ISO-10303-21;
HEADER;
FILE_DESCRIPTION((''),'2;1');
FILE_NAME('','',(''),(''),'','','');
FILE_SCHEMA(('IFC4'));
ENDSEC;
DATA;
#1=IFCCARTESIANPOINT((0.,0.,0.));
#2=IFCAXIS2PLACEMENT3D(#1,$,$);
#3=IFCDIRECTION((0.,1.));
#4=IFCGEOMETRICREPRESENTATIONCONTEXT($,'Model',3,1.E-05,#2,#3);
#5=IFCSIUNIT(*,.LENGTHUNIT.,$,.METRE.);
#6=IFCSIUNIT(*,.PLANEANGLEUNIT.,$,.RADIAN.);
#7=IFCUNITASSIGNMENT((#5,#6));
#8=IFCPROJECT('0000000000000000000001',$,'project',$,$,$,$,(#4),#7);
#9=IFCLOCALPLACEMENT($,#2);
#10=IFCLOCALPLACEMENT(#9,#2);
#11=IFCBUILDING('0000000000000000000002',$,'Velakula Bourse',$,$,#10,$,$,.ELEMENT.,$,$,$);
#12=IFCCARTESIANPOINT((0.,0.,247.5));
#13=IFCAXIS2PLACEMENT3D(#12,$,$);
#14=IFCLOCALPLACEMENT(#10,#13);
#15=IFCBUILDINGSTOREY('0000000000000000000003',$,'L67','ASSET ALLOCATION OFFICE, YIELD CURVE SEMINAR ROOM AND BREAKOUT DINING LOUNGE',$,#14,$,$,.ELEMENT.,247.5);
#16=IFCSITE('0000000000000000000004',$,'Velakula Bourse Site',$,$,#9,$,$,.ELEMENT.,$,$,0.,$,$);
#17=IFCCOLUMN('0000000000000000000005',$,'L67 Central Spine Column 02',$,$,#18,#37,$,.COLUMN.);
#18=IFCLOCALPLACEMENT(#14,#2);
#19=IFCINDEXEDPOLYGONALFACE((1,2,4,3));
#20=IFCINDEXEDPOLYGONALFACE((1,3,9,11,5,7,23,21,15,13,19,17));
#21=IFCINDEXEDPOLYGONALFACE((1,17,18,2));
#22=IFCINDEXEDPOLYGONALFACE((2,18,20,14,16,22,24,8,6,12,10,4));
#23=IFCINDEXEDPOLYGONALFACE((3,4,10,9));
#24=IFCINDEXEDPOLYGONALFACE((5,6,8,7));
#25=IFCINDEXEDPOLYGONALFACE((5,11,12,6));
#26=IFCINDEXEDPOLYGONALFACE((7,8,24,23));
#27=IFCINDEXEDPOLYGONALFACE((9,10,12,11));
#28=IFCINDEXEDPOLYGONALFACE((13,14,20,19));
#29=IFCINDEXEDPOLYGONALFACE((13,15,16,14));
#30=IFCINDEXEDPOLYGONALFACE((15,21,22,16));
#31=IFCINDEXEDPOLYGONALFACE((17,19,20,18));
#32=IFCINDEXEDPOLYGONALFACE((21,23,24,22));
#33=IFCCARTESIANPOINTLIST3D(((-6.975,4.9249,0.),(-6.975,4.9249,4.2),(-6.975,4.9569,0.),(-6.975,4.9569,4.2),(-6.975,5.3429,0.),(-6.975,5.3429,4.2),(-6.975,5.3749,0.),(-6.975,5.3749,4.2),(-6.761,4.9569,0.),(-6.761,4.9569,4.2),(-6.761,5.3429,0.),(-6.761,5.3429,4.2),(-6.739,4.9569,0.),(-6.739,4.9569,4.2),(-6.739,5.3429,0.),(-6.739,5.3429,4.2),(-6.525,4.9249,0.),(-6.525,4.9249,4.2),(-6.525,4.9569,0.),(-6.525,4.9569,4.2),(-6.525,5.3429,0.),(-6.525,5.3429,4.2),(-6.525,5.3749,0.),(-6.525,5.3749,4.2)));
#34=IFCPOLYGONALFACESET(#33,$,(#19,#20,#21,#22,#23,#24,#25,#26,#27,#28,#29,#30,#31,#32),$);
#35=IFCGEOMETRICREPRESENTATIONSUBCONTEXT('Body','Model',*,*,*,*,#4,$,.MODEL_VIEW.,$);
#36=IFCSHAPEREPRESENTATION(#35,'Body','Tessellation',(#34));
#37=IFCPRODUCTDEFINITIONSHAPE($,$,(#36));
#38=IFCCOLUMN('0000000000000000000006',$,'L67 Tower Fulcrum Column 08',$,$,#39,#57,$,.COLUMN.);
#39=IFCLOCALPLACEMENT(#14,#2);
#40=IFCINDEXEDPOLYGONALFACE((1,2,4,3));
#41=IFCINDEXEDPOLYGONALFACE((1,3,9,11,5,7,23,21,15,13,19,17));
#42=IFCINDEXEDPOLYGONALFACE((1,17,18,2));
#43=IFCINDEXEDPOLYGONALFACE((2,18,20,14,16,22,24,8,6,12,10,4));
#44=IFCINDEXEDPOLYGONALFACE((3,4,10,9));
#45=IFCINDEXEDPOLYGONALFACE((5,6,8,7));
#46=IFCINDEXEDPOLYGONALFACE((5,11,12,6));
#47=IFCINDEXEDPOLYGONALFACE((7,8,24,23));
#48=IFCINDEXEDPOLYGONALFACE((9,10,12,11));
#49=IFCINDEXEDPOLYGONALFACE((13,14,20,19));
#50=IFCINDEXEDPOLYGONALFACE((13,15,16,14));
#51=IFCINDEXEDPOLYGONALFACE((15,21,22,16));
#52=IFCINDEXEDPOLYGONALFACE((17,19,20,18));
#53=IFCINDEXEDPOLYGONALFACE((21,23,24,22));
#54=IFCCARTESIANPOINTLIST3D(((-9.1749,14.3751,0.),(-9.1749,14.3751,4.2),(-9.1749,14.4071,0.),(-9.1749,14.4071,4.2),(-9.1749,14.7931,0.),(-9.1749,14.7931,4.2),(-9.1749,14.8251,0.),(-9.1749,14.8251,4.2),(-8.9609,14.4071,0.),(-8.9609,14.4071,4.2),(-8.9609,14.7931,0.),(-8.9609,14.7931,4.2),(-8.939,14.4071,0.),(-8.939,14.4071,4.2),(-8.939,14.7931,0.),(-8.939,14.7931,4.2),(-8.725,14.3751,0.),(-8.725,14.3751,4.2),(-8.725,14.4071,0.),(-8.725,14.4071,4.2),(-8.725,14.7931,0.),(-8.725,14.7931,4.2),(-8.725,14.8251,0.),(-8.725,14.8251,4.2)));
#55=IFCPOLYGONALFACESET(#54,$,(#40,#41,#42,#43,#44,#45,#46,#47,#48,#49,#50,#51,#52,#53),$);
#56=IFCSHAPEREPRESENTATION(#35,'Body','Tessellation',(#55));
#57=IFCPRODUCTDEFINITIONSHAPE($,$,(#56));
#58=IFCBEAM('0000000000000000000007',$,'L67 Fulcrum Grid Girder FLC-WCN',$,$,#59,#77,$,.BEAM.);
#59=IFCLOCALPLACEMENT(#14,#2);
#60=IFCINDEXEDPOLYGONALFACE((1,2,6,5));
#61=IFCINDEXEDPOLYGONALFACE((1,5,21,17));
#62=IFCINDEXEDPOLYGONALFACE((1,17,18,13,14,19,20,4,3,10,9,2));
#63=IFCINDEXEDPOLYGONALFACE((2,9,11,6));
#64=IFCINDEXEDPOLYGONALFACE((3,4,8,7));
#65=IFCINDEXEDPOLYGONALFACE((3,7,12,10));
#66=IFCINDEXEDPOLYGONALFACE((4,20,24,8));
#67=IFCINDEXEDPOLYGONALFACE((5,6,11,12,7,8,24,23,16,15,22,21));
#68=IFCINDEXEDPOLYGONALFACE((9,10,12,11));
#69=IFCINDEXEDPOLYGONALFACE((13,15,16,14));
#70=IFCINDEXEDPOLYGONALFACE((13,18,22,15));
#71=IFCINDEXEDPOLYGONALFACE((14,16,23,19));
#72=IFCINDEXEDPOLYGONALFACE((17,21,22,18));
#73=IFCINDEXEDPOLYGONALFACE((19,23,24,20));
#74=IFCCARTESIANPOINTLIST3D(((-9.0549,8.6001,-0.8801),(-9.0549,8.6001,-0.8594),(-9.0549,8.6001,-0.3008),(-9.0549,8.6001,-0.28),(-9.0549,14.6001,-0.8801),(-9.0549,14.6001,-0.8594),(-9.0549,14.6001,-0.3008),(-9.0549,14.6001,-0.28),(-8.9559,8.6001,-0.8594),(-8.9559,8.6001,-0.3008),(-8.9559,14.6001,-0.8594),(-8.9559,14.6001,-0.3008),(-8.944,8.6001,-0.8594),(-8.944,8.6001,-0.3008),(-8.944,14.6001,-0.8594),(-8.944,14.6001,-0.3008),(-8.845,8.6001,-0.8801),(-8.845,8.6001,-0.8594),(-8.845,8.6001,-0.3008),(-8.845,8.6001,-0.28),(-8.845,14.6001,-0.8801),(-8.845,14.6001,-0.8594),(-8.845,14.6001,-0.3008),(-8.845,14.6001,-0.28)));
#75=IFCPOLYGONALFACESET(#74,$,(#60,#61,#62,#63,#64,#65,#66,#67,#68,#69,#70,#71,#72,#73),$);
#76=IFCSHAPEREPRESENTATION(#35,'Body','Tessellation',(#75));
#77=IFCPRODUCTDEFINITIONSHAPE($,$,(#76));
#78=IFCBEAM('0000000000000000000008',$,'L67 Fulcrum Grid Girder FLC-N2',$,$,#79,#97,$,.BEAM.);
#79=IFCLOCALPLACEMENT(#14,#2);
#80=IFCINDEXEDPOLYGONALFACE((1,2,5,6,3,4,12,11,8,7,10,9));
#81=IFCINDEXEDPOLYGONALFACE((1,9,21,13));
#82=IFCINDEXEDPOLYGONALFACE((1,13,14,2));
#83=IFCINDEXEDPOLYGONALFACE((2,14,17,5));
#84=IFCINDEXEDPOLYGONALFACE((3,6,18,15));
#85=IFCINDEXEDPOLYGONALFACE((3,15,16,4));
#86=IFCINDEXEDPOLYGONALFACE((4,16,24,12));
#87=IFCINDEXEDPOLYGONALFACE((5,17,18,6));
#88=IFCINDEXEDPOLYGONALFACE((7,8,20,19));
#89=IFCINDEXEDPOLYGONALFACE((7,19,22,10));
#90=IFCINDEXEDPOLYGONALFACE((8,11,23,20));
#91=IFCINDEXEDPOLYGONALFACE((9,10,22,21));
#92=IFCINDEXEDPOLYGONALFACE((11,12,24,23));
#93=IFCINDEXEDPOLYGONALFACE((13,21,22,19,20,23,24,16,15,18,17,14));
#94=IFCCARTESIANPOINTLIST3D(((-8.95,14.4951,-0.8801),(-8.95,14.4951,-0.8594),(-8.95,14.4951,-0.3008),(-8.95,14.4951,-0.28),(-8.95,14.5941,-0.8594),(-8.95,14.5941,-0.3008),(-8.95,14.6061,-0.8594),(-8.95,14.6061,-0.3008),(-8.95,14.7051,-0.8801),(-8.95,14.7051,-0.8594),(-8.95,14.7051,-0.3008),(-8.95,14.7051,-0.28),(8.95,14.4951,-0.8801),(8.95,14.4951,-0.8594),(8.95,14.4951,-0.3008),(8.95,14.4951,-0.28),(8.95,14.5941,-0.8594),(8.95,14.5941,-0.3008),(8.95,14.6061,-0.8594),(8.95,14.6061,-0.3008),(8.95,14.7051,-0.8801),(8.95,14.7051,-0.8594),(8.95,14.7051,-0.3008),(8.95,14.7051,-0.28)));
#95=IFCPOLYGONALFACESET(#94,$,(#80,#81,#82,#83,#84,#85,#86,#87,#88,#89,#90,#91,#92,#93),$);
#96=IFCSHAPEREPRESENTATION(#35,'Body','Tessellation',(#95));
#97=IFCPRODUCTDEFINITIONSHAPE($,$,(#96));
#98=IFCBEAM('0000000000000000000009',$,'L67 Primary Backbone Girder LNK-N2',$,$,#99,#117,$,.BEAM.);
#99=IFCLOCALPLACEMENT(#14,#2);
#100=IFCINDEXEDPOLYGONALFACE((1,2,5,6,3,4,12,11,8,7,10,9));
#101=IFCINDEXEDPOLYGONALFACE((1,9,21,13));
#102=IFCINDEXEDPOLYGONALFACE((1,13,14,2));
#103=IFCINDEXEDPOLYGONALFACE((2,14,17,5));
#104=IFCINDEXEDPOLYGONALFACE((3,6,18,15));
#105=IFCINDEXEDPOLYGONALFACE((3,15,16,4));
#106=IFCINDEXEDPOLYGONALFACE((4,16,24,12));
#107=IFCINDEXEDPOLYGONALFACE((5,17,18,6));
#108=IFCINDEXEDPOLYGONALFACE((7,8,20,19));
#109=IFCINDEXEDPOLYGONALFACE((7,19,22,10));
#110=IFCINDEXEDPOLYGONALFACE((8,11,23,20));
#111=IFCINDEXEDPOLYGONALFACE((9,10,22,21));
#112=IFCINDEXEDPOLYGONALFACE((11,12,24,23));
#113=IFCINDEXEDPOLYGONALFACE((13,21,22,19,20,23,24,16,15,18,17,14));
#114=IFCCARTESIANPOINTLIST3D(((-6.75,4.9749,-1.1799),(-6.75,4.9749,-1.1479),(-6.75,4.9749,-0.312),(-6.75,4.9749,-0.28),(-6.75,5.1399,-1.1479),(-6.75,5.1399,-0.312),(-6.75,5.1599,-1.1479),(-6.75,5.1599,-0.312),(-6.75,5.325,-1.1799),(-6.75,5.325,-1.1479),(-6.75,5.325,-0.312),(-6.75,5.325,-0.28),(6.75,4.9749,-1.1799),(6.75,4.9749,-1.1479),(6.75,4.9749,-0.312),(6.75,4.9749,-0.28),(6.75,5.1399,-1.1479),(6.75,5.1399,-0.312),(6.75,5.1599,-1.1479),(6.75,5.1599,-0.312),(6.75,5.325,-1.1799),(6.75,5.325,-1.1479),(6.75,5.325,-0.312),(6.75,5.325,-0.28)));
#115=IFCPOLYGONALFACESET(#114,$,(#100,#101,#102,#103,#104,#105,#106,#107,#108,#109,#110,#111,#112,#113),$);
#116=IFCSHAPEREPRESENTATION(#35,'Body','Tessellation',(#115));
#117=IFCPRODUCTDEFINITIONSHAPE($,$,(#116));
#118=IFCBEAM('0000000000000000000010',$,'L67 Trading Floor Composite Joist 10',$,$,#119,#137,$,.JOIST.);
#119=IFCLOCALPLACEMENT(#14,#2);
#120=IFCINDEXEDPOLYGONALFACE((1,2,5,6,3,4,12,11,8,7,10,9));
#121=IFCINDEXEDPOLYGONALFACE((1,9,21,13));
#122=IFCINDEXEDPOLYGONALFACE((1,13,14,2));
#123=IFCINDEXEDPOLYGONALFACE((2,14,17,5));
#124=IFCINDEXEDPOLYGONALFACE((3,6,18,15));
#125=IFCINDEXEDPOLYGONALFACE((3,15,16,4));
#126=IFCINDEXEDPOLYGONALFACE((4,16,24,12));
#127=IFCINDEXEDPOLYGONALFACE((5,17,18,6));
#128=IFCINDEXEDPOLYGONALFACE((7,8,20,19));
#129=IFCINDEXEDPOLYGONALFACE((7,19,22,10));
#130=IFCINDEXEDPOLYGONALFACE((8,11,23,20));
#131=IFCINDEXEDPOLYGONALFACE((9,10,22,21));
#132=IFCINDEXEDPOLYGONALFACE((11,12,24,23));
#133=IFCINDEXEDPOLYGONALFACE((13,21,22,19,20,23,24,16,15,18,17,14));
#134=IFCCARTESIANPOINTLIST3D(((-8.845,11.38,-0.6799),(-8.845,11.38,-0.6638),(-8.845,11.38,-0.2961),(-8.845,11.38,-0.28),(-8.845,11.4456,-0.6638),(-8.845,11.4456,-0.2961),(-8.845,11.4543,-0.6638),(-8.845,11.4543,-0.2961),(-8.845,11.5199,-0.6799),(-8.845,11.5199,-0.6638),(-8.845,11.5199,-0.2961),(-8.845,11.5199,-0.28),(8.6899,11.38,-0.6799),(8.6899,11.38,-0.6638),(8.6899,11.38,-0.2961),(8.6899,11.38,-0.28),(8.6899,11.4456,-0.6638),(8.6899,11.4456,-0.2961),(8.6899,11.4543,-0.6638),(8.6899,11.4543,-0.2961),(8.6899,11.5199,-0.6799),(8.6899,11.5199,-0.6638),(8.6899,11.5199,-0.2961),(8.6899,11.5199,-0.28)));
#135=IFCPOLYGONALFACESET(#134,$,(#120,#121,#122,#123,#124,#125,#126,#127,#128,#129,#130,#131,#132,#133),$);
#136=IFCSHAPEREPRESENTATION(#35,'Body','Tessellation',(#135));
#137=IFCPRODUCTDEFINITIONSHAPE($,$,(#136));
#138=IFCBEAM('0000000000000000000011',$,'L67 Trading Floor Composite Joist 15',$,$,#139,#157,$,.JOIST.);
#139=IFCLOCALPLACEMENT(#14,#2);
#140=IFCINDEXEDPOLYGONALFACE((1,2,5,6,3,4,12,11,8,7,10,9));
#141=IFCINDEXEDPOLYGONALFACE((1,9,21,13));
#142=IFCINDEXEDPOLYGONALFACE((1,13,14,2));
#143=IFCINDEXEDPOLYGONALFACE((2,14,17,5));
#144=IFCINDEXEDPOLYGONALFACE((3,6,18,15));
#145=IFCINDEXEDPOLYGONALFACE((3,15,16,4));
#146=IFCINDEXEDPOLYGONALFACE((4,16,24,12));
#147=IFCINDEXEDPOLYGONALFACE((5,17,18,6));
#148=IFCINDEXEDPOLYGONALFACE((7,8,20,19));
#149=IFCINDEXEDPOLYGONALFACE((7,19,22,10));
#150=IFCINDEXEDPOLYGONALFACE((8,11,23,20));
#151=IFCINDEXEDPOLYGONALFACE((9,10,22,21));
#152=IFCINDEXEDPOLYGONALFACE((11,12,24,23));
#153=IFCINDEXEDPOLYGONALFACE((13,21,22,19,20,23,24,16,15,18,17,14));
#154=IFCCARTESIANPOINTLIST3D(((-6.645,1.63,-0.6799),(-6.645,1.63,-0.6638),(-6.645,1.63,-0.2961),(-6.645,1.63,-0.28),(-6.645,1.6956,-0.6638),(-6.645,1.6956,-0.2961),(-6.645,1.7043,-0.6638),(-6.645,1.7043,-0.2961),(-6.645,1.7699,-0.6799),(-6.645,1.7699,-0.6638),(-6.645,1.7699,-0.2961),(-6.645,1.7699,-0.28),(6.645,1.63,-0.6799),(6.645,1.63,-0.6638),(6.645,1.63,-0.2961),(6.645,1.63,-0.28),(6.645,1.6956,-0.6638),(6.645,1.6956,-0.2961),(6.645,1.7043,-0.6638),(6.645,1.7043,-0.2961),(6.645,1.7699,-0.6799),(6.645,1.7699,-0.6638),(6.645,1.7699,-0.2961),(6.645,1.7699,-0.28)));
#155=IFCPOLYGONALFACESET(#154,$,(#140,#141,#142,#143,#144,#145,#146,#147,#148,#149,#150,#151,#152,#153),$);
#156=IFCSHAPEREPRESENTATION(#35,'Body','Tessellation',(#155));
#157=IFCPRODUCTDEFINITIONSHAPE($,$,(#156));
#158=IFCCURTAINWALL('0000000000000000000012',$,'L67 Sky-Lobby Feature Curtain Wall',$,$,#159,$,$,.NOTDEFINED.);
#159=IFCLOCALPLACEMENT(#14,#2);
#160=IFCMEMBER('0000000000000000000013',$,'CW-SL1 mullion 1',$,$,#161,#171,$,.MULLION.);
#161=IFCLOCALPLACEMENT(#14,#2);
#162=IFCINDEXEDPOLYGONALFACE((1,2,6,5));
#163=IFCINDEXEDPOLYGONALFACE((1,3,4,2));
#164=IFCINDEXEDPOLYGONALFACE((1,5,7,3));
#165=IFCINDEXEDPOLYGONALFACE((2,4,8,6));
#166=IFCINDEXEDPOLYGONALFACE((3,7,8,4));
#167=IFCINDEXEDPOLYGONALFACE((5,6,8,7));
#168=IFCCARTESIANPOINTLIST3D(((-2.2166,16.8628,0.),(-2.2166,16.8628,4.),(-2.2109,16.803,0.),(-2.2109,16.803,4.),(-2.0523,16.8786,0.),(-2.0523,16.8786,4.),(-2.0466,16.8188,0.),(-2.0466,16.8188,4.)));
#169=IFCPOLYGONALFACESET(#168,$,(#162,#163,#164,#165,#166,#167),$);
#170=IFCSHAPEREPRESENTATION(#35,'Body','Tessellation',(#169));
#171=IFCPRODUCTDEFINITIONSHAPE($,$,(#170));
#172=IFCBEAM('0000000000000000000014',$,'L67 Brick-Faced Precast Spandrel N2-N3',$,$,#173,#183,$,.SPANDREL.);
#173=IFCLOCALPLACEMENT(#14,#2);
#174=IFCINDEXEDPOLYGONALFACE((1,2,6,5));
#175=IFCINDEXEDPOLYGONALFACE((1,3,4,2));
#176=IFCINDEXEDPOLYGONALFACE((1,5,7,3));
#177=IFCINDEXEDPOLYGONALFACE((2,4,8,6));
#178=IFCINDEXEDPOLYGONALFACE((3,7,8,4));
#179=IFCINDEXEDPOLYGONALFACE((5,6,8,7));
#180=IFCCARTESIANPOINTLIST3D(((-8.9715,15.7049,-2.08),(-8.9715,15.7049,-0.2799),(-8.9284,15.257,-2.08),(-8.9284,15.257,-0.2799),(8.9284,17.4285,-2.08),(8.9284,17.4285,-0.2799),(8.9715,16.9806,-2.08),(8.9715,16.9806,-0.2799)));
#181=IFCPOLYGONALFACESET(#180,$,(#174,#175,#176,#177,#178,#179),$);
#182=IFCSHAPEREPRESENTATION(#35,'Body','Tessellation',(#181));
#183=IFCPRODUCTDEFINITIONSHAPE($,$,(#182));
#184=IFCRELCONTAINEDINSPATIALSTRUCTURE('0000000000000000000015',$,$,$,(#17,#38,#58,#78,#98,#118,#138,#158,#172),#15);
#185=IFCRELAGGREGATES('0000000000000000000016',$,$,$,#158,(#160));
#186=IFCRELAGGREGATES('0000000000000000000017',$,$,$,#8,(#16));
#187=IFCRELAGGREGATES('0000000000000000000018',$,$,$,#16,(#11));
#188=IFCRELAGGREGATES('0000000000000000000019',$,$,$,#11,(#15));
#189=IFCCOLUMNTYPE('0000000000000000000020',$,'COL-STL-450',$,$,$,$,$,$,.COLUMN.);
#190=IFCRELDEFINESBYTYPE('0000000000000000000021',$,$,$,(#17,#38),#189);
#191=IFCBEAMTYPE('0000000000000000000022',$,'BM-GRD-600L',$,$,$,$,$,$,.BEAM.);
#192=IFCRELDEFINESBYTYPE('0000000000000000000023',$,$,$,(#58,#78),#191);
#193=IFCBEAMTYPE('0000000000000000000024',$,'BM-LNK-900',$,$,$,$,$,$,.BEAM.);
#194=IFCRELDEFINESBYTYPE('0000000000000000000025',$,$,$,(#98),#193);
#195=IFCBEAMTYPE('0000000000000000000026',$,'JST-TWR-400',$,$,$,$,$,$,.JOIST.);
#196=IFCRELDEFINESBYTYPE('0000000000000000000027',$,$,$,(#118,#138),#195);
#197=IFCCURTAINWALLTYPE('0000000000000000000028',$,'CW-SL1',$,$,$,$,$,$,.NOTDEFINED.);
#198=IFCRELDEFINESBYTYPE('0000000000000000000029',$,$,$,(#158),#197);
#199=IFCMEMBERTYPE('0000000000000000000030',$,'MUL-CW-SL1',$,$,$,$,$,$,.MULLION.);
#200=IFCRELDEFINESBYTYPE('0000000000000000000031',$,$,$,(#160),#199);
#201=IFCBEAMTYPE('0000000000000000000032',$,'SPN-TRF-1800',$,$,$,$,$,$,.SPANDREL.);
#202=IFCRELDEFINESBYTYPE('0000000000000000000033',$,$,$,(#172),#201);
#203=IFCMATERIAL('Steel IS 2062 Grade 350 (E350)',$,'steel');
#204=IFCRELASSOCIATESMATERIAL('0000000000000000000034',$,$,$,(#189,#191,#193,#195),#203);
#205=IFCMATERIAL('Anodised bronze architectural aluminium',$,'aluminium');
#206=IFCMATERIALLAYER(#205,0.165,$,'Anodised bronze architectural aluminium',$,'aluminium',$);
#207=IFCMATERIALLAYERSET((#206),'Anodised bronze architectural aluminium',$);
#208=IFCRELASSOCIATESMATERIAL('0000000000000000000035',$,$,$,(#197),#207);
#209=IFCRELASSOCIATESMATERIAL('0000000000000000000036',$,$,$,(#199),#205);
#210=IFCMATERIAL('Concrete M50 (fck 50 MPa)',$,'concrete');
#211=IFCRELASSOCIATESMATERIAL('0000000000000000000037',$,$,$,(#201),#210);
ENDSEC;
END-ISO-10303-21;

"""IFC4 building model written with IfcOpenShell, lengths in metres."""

from ifc_helpers import new_model, si_unit, direction, frame, origin, origin_2d, place, context, subcontext, project, spatial, rectangle, i_section, extrude, material, layer, layer_set, material_profile, profile_set, type_object, element, aggregate, save


model = new_model("IFC4")

# Units and contexts
model_context = context("Model", 3, precision=1e-05, world=origin(), true_north=direction((0.0, 1.0)))
body_context = subcontext(model_context, "Body", "Model", "MODEL_VIEW")
ifc_project = project(units=[si_unit("LENGTHUNIT", "METRE"), si_unit("PLANEANGLEUNIT", "RADIAN")], contexts=[model_context])

# Site, building, storey
site_placement = place(None, origin())
site = spatial("IfcSite", under=ifc_project, at=site_placement, Name="Velakula Bourse Site", CompositionType="ELEMENT", RefElevation=0.0)
building_placement = place(site_placement, origin())
building = spatial("IfcBuilding", under=site, at=building_placement, Name="Velakula Bourse", CompositionType="ELEMENT")
storey_placement = place(building_placement, frame((0.0, 0.0, 247.5)))
storey = spatial("IfcBuildingStorey", under=building, at=storey_placement, Name="L67", Description="ASSET ALLOCATION OFFICE, YIELD CURVE SEMINAR ROOM AND BREAKOUT DINING LOUNGE", CompositionType="ELEMENT", Elevation=247.5)

# Columns
ifc_material_1 = material(Name="Steel IS 2062 Grade 350 (E350)", Category="steel")
ifc_material_profile_1 = material_profile(ifc_material_1, i_section(OverallWidth=0.45, OverallDepth=0.45, WebThickness=0.022, FlangeThickness=0.032, at=origin_2d()), Name="Steel IS 2062 Grade 350 (E350)")
ifc_profile_set_1 = profile_set([ifc_material_profile_1], Name="Steel IS 2062 Grade 350 (E350)")
column_type = type_object("IfcColumnType", Name="COL-STL-450", PredefinedType="COLUMN", material=ifc_profile_set_1)
for number, where, z_axis, x_axis, name in (
    (1, (-6.75, 5.1499, 0.0), (0.0, 0.0, 1.0), (1.0, 0.0, 0.0), "L67 Central Spine Column 02"),
    (2, (-8.95, 14.6001, 0.0), (0.0, 0.0, 1.0), (1.0, 0.0, 0.0), "L67 Tower Fulcrum Column 08"),
):
    element("IfcColumn", number, at=place(storey_placement, frame(where, z_axis=z_axis, x_axis=x_axis)), inside=storey, type_object=column_type, Name=name, PredefinedType="COLUMN", context=body_context, shape_type="SweptSolid", body=[
        extrude(i_section(OverallWidth=0.45, OverallDepth=0.45, WebThickness=0.022, FlangeThickness=0.032, at=origin_2d()), origin(), (0.0, 0.0, 1.0), 4.2),
    ])

# Beams
ifc_material_profile_2 = material_profile(ifc_material_1, i_section(OverallWidth=0.21, OverallDepth=0.6001, WebThickness=0.012, FlangeThickness=0.0208, at=origin_2d()), Name="Steel IS 2062 Grade 350 (E350)")
ifc_profile_set_2 = profile_set([ifc_material_profile_2], Name="Steel IS 2062 Grade 350 (E350)")
beam_type_1 = type_object("IfcBeamType", Name="BM-GRD-600L", PredefinedType="BEAM", material=ifc_profile_set_2)
beam_1_placement = place(storey_placement, frame((-8.95, 8.6001, -0.5801), z_axis=(0.0, 1.0, 0.0), x_axis=(-1.0, 0.0, 0.0)))
element("IfcBeam", 3, at=beam_1_placement, inside=storey, type_object=beam_type_1, Name="L67 Fulcrum Grid Girder FLC-WCN", PredefinedType="BEAM", context=body_context, shape_type="SweptSolid", body=[
    extrude(i_section(OverallWidth=0.21, OverallDepth=0.6001, WebThickness=0.012, FlangeThickness=0.0208, at=origin_2d()), origin(), (0.0, 0.0, 1.0), 6.0),
])
beam_2_placement = place(storey_placement, frame((-8.95, 14.6001, -0.5801), z_axis=(1.0, 0.0, 0.0), x_axis=(0.0, 1.0, 0.0)))
element("IfcBeam", 4, at=beam_2_placement, inside=storey, type_object=beam_type_1, Name="L67 Fulcrum Grid Girder FLC-N2", PredefinedType="BEAM", context=body_context, shape_type="SweptSolid", body=[
    extrude(i_section(OverallWidth=0.21, OverallDepth=0.6001, WebThickness=0.012, FlangeThickness=0.0208, at=origin_2d()), origin(), (0.0, 0.0, 1.0), 17.8999),
])
ifc_material_profile_3 = material_profile(ifc_material_1, i_section(OverallWidth=0.3501, OverallDepth=0.8999, WebThickness=0.02, FlangeThickness=0.032, at=origin_2d()), Name="Steel IS 2062 Grade 350 (E350)")
ifc_profile_set_3 = profile_set([ifc_material_profile_3], Name="Steel IS 2062 Grade 350 (E350)")
beam_type_2 = type_object("IfcBeamType", Name="BM-LNK-900", PredefinedType="BEAM", material=ifc_profile_set_3)
beam_3_placement = place(storey_placement, frame((-6.75, 5.1499, -0.73), z_axis=(1.0, 0.0, 0.0), x_axis=(0.0, 1.0, 0.0)))
element("IfcBeam", 5, at=beam_3_placement, inside=storey, type_object=beam_type_2, Name="L67 Primary Backbone Girder LNK-N2", PredefinedType="BEAM", context=body_context, shape_type="SweptSolid", body=[
    extrude(i_section(OverallWidth=0.3501, OverallDepth=0.8999, WebThickness=0.02, FlangeThickness=0.032, at=origin_2d()), origin(), (0.0, 0.0, 1.0), 13.5),
])
ifc_material_profile_4 = material_profile(ifc_material_1, i_section(OverallWidth=0.1399, OverallDepth=0.3999, WebThickness=0.0088, FlangeThickness=0.0161, at=origin_2d()), Name="Steel IS 2062 Grade 350 (E350)")
ifc_profile_set_4 = profile_set([ifc_material_profile_4], Name="Steel IS 2062 Grade 350 (E350)")
beam_type_3 = type_object("IfcBeamType", Name="JST-TWR-400", PredefinedType="JOIST", material=ifc_profile_set_4)
beam_4_placement = place(storey_placement, frame((-8.845, 11.45, -0.48), z_axis=(1.0, 0.0, 0.0), x_axis=(0.0, 1.0, 0.0)))
element("IfcBeam", 6, at=beam_4_placement, inside=storey, type_object=beam_type_3, Name="L67 Trading Floor Composite Joist 10", PredefinedType="JOIST", context=body_context, shape_type="SweptSolid", body=[
    extrude(i_section(OverallWidth=0.1399, OverallDepth=0.3999, WebThickness=0.0088, FlangeThickness=0.0161, at=origin_2d()), origin(), (0.0, 0.0, 1.0), 17.5349),
])
beam_5_placement = place(storey_placement, frame((-6.645, 1.7, -0.48), z_axis=(1.0, 0.0, 0.0), x_axis=(0.0, 1.0, 0.0)))
element("IfcBeam", 7, at=beam_5_placement, inside=storey, type_object=beam_type_3, Name="L67 Trading Floor Composite Joist 15", PredefinedType="JOIST", context=body_context, shape_type="SweptSolid", body=[
    extrude(i_section(OverallWidth=0.1399, OverallDepth=0.3999, WebThickness=0.0088, FlangeThickness=0.0161, at=origin_2d()), origin(), (0.0, 0.0, 1.0), 13.29),
])

# Curtain wall, member
ifc_material_2 = material(Name="Anodised bronze architectural aluminium", Category="aluminium")
ifc_layer_1 = layer(ifc_material_2, 0.165, Name="Anodised bronze architectural aluminium", Category="aluminium")
ifc_layer_set_1 = layer_set([ifc_layer_1], Name="Anodised bronze architectural aluminium")
curtain_wall_type = type_object("IfcCurtainWallType", Name="CW-SL1", PredefinedType="NOTDEFINED", material=ifc_layer_set_1)
curtain_wall_placement = place(storey_placement, origin())
curtain_wall = element("IfcCurtainWall", 8, at=curtain_wall_placement, inside=storey, type_object=curtain_wall_type, Name="L67 Sky-Lobby Feature Curtain Wall", PredefinedType="NOTDEFINED")
ifc_material_profile_5 = material_profile(ifc_material_2, rectangle(XDim=0.0601, YDim=0.165, at=origin_2d()), Name="Anodised bronze architectural aluminium")
ifc_profile_set_5 = profile_set([ifc_material_profile_5], Name="Anodised bronze architectural aluminium")
member_type_1 = type_object("IfcMemberType", Name="MUL-CW-SL1", PredefinedType="MULLION", material=ifc_profile_set_5)
member_1_placement = place(storey_placement, frame((-2.1316, 16.8408, 0.0), z_axis=(0.0, 0.0, 1.0), x_axis=(-0.095844, 0.995396, 0.0)))
member_1 = element("IfcMember", 9, at=member_1_placement, type_object=member_type_1, Name="CW-SL1 mullion 1", PredefinedType="MULLION", context=body_context, shape_type="SweptSolid", body=[
    extrude(rectangle(XDim=0.0601, YDim=0.165, at=origin_2d()), origin(), (0.0, 0.0, 1.0), 4.0),
])

# Beam
ifc_material_3 = material(Name="Concrete M50 (fck 50 MPa)", Category="concrete")
ifc_material_profile_6 = material_profile(ifc_material_3, rectangle(XDim=0.45, YDim=1.8, at=origin_2d()), Name="Concrete M50 (fck 50 MPa)")
ifc_profile_set_6 = profile_set([ifc_material_profile_6], Name="Concrete M50 (fck 50 MPa)")
beam_type_4 = type_object("IfcBeamType", Name="SPN-TRF-1800", PredefinedType="SPANDREL", material=ifc_profile_set_6)
beam_6_placement = place(storey_placement, frame((-8.95, 15.481, -1.1799), z_axis=(0.995396, 0.09585, 0.0), x_axis=(-0.09585, 0.995396, 0.0)))
element("IfcBeam", 10, at=beam_6_placement, inside=storey, type_object=beam_type_4, Name="L67 Brick-Faced Precast Spandrel N2-N3", PredefinedType="SPANDREL", context=body_context, shape_type="SweptSolid", body=[
    extrude(rectangle(XDim=0.45, YDim=1.8, at=origin_2d()), origin(), (0.0, 0.0, 1.0), 17.9827),
])

aggregate(curtain_wall, [member_1])

save(model, "model.ifc")
